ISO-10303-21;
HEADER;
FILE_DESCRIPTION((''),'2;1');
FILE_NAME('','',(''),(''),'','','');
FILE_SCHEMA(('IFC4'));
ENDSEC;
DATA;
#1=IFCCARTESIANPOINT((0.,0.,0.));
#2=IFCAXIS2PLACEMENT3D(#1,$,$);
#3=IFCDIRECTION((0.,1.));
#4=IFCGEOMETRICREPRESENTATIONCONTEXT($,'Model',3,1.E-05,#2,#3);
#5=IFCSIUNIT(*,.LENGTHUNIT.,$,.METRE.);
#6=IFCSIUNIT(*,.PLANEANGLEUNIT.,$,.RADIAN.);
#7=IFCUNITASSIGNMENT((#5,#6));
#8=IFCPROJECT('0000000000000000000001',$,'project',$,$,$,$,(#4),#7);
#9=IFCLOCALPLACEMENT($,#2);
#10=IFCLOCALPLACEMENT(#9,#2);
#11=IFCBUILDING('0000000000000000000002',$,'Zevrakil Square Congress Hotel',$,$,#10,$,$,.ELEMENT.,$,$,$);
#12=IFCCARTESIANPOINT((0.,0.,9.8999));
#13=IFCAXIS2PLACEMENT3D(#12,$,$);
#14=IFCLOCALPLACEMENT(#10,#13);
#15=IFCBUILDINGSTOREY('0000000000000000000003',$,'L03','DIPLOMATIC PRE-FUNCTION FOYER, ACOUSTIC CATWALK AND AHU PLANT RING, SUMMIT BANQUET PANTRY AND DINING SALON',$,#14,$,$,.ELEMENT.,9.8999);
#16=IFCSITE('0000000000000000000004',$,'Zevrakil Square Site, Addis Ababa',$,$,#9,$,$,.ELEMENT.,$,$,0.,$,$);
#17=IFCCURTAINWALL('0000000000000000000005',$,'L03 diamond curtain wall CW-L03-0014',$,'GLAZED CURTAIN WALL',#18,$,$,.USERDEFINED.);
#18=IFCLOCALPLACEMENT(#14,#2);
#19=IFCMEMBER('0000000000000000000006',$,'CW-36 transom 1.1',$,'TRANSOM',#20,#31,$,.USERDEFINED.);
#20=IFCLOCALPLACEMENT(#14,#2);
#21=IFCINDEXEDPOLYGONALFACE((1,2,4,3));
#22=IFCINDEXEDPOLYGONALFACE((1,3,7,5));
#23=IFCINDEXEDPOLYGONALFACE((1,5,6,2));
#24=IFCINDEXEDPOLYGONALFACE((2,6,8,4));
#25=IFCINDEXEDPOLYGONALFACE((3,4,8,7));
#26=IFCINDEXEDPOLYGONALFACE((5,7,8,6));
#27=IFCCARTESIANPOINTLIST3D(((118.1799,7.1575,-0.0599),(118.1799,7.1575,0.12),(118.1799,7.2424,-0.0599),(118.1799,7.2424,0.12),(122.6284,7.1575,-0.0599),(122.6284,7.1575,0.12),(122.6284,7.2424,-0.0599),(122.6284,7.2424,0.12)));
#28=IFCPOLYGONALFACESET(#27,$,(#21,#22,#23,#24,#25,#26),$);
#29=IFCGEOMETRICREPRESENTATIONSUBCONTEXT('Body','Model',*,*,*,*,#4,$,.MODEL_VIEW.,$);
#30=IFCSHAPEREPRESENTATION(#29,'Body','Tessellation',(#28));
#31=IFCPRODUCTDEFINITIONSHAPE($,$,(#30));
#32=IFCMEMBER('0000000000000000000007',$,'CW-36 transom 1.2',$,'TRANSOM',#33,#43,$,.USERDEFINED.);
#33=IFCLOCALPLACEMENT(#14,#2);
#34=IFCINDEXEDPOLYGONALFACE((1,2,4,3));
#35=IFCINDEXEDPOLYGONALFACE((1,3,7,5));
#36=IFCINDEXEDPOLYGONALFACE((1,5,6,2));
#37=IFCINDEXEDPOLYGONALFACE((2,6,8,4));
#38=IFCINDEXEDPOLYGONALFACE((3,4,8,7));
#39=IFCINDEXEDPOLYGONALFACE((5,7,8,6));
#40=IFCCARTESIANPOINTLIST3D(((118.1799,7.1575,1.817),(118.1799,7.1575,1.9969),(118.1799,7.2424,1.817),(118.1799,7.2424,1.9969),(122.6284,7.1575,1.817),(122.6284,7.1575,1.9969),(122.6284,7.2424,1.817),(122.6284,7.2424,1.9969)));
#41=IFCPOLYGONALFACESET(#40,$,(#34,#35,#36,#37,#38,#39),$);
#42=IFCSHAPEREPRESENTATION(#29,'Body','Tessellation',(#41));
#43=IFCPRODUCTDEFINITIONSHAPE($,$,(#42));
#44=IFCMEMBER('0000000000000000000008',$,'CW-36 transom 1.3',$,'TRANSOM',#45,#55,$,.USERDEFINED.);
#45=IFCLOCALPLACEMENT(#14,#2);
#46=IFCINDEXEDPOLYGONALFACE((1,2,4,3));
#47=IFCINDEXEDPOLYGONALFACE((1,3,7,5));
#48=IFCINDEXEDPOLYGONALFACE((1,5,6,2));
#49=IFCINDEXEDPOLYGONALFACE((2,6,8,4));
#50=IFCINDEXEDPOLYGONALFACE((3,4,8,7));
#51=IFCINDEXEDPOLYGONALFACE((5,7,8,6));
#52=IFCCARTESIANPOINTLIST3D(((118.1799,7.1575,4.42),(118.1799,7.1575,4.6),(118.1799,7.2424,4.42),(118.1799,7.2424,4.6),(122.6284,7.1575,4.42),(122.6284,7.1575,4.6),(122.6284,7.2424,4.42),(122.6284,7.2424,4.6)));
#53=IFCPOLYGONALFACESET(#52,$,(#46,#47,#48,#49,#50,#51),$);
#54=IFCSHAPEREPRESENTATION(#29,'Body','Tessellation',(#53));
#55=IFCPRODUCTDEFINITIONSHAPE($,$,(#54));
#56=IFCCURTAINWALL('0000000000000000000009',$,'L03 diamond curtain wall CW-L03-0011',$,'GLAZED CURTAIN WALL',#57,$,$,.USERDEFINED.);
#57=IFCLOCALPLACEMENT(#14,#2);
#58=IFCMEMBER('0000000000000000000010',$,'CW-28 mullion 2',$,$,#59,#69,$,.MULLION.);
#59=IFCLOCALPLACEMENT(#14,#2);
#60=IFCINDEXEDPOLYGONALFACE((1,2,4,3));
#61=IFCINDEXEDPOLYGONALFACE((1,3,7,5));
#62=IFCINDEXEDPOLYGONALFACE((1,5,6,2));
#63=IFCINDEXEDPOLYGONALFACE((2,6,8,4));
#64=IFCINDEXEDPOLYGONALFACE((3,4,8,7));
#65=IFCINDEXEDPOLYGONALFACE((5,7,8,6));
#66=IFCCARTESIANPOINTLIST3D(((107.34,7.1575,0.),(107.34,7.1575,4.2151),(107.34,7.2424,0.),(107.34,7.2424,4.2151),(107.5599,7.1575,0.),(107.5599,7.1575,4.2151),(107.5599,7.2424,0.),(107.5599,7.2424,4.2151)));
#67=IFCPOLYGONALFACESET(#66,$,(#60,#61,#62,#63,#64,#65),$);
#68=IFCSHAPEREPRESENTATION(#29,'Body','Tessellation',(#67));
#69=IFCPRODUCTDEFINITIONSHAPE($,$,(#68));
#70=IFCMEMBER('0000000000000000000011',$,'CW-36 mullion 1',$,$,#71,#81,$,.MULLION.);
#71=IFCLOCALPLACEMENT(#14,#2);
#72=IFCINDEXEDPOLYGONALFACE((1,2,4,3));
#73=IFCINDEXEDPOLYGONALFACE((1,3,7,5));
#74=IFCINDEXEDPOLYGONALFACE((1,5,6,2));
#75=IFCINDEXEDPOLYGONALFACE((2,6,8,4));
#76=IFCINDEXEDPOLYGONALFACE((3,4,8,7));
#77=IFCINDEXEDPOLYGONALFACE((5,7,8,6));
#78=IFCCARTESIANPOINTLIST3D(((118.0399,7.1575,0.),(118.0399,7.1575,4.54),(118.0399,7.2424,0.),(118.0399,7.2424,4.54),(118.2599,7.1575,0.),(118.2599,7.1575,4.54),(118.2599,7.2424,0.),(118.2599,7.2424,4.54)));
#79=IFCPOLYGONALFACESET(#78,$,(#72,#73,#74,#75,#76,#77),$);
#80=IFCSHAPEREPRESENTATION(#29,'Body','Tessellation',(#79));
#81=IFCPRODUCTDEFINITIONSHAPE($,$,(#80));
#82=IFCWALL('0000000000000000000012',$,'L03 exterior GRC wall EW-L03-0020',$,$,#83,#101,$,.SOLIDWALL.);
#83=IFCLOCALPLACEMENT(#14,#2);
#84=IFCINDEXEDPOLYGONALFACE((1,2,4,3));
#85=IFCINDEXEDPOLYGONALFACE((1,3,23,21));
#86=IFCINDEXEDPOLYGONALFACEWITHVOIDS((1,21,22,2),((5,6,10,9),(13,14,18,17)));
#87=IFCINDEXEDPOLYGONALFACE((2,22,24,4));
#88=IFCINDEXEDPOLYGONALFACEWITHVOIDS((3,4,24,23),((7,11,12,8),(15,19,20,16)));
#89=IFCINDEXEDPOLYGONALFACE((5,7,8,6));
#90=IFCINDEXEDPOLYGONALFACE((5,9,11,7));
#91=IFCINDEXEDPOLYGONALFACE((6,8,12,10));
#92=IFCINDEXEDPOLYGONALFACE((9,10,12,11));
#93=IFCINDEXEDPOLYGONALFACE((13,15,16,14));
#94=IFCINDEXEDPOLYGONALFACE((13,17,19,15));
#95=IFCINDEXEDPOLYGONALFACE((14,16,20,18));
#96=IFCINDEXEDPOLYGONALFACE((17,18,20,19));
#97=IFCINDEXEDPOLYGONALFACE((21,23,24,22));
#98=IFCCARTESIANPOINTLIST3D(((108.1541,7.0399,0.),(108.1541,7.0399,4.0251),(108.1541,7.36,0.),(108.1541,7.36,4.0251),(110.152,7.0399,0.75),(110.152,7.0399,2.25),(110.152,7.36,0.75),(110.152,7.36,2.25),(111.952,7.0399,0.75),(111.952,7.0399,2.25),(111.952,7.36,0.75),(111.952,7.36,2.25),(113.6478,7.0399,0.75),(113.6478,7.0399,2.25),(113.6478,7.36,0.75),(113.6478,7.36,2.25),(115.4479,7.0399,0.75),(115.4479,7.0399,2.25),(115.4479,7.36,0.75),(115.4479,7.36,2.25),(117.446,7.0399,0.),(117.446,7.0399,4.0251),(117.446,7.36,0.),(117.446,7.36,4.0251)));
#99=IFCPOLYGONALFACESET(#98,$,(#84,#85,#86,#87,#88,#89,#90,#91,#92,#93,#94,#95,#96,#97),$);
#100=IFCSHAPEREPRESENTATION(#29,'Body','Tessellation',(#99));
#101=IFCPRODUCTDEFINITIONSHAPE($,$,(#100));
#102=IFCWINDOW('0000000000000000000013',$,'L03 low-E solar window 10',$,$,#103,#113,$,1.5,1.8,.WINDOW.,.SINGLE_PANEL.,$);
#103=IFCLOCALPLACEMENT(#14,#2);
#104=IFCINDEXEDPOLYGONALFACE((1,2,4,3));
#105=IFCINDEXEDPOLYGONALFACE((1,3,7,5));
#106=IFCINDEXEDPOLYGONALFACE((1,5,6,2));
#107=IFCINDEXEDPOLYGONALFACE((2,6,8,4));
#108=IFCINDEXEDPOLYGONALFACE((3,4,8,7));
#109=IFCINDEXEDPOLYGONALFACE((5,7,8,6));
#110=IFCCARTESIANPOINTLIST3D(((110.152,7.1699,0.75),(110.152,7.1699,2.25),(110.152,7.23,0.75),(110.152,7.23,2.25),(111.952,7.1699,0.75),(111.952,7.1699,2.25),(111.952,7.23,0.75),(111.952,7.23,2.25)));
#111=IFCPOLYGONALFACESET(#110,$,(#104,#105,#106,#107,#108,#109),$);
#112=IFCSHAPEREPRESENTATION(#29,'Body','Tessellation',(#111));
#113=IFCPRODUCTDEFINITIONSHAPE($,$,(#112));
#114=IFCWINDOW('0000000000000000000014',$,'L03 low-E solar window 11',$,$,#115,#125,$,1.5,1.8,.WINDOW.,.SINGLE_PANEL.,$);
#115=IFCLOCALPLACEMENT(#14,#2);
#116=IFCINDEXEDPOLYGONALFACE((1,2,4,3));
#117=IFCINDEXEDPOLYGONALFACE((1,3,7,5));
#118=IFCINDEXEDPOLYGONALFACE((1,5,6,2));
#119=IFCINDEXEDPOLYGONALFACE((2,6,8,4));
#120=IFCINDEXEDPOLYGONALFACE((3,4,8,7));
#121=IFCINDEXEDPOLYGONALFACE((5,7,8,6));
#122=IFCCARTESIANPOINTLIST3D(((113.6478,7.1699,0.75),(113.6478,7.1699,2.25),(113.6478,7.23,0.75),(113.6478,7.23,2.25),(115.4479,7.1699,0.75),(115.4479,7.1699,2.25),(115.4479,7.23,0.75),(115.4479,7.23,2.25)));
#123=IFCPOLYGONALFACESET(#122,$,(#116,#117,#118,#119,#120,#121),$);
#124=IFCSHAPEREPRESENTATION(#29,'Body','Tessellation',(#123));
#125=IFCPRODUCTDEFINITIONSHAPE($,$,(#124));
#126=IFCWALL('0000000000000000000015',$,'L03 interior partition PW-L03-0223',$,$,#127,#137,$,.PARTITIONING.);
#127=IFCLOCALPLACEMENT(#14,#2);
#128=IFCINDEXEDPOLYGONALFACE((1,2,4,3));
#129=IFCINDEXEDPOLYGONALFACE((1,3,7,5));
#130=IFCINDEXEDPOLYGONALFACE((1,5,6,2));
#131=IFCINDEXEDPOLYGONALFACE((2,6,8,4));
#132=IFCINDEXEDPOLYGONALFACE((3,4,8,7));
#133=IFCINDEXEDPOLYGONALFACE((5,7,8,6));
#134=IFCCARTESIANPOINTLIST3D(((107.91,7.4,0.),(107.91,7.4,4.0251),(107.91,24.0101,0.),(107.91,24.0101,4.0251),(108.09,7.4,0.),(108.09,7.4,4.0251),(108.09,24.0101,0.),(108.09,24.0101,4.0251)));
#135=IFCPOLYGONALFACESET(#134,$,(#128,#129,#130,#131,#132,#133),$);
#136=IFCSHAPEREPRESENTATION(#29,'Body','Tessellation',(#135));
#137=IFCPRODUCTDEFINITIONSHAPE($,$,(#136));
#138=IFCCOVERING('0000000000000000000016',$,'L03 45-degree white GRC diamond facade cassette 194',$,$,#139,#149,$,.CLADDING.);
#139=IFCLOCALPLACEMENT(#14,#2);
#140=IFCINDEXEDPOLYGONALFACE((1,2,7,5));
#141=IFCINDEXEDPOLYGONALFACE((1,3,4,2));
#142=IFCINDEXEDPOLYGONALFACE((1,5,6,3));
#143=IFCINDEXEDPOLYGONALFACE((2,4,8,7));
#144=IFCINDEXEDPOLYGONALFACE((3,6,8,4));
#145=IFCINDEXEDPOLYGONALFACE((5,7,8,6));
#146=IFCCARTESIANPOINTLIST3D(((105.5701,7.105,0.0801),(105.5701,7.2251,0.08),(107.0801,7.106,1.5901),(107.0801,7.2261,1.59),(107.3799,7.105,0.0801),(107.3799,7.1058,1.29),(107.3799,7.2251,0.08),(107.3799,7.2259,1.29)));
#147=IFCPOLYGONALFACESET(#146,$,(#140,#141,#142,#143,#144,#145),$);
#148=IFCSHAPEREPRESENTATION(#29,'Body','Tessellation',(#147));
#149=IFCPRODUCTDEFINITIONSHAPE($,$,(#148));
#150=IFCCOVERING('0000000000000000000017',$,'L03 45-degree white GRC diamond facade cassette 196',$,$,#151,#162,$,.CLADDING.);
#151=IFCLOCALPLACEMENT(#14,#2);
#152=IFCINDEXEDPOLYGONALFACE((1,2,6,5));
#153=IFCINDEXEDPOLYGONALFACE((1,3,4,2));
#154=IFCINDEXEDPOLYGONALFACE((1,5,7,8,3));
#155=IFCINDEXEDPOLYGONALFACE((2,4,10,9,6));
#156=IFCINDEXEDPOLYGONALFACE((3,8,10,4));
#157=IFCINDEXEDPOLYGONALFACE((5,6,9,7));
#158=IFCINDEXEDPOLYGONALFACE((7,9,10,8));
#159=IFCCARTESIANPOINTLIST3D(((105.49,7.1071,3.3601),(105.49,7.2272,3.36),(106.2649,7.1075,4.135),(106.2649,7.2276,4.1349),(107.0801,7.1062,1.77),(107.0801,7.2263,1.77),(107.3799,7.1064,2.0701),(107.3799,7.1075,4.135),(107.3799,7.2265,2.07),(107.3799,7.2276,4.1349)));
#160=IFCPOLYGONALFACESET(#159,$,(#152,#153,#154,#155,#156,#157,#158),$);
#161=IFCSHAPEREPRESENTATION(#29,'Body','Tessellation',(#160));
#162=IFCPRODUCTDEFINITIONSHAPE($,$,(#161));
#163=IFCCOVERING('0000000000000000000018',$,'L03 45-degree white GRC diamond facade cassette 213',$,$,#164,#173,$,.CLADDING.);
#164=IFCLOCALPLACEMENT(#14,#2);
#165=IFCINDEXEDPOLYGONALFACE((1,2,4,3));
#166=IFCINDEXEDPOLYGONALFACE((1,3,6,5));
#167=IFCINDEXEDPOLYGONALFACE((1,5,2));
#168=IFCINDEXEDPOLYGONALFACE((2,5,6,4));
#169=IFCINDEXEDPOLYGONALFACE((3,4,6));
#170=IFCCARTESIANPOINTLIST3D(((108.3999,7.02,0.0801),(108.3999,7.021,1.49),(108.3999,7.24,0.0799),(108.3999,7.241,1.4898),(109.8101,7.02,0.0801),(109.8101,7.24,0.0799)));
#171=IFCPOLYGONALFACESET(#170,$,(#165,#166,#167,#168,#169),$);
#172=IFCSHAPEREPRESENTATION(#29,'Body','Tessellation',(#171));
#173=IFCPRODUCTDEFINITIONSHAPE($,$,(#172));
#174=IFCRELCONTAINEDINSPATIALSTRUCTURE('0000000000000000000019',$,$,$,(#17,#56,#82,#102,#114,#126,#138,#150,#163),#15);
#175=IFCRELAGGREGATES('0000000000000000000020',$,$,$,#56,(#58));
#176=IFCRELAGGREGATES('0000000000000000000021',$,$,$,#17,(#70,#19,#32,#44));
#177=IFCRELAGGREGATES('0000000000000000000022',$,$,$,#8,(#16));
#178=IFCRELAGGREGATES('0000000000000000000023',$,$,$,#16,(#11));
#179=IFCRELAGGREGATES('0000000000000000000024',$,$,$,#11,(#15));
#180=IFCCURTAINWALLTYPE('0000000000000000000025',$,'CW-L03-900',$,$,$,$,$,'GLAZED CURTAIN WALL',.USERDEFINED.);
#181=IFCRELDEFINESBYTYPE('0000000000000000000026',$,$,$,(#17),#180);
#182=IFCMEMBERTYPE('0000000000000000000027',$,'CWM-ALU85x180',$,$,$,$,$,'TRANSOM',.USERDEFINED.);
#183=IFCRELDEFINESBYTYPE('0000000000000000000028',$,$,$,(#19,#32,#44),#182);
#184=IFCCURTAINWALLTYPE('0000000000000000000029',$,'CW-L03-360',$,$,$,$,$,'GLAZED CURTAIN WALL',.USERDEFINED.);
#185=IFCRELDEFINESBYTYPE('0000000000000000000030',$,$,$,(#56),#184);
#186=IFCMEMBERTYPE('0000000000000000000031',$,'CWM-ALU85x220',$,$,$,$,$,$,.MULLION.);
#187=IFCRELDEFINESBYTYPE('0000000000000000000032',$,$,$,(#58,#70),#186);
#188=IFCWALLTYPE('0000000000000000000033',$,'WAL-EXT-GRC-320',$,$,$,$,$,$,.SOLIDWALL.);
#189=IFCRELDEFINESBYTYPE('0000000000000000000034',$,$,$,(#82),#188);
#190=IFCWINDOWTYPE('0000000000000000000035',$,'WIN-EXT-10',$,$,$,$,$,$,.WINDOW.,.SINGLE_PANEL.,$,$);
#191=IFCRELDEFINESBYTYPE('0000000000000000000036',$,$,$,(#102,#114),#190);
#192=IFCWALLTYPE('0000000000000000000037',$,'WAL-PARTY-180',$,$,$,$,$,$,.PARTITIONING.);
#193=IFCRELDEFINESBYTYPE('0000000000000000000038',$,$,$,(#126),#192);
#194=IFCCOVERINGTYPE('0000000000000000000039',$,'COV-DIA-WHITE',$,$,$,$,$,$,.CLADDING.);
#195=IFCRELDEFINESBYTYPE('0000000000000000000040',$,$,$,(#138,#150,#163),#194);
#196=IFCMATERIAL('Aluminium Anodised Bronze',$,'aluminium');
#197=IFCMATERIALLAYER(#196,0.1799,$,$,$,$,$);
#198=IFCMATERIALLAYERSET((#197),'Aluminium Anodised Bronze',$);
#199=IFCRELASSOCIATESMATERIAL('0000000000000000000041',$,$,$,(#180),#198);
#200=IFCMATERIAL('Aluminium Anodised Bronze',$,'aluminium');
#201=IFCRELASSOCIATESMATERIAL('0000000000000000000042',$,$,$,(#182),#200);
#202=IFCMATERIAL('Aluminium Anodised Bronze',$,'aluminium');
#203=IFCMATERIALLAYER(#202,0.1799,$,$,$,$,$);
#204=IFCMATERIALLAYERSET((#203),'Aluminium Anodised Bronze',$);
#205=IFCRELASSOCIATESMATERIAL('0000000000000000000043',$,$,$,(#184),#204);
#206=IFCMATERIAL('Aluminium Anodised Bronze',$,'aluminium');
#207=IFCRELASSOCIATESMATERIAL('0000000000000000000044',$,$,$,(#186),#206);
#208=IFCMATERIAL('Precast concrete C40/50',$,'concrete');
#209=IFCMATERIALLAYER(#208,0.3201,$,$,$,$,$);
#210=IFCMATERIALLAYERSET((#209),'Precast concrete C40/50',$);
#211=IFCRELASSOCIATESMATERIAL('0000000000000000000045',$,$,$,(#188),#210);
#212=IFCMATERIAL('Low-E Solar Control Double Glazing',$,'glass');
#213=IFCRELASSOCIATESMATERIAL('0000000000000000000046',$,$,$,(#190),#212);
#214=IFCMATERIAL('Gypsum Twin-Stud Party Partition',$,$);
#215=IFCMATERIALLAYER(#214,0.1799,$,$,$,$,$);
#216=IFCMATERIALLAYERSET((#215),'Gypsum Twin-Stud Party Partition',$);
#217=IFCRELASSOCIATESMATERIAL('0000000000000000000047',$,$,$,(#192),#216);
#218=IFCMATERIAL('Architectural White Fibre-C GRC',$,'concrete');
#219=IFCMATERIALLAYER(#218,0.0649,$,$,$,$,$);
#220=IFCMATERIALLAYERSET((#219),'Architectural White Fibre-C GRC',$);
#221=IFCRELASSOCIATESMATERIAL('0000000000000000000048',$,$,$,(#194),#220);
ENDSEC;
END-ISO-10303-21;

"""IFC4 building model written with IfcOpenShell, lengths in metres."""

from ifc_helpers import new_model, si_unit, direction, frame, frame_2d, origin, origin_2d, place, context, subcontext, project, spatial, polyline, rectangle, outline, extrude, material, layer, layer_set, material_profile, profile_set, type_object, element, fill, aggregate, save


model = new_model("IFC4")

# Units and contexts
model_context = context("Model", 3, precision=1e-05, world=origin(), true_north=direction((0.0, 1.0)))
body_context = subcontext(model_context, "Body", "Model", "MODEL_VIEW")
ifc_project = project(units=[si_unit("LENGTHUNIT", "METRE"), si_unit("PLANEANGLEUNIT", "RADIAN")], contexts=[model_context])

# Site, building, storey
site_placement = place(None, origin())
site = spatial("IfcSite", under=ifc_project, at=site_placement, Name="Zevrakil Square Site, Addis Ababa", CompositionType="ELEMENT", RefElevation=0.0)
building_placement = place(site_placement, origin())
building = spatial("IfcBuilding", under=site, at=building_placement, Name="Zevrakil Square Congress Hotel", CompositionType="ELEMENT")
storey_placement = place(building_placement, frame((0.0, 0.0, 9.8999)))
storey = spatial("IfcBuildingStorey", under=building, at=storey_placement, Name="L03", Description="DIPLOMATIC PRE-FUNCTION FOYER, ACOUSTIC CATWALK AND AHU PLANT RING, SUMMIT BANQUET PANTRY AND DINING SALON", CompositionType="ELEMENT", Elevation=9.8999)

# Curtain wall, members
ifc_material_1 = material(Name="Aluminium Anodised Bronze", Category="aluminium")
ifc_layer_1 = layer(ifc_material_1, 0.1799)
ifc_layer_set_1 = layer_set([ifc_layer_1], Name="Aluminium Anodised Bronze")
curtain_wall_type_1 = type_object("IfcCurtainWallType", Name="CW-L03-900", ElementType="GLAZED CURTAIN WALL", PredefinedType="USERDEFINED", material=ifc_layer_set_1)
curtain_wall_1_placement = place(storey_placement, origin())
curtain_wall_1 = element("IfcCurtainWall", 1, at=curtain_wall_1_placement, inside=storey, type_object=curtain_wall_type_1, Name="L03 diamond curtain wall CW-L03-0014", ObjectType="GLAZED CURTAIN WALL", PredefinedType="USERDEFINED")
ifc_material_2 = material(Name="Aluminium Anodised Bronze", Category="aluminium")
ifc_material_profile_1 = material_profile(ifc_material_2, rectangle(XDim=0.085, YDim=0.1799, at=origin_2d()), Name="ALU 85x180")
ifc_profile_set_1 = profile_set([ifc_material_profile_1], Name="Aluminium Anodised Bronze")
member_type_1 = type_object("IfcMemberType", Name="CWM-ALU85x180", ElementType="TRANSOM", PredefinedType="USERDEFINED", material=ifc_profile_set_1)
member_1_placement = place(storey_placement, frame((118.1799, 7.2, 0.03), z_axis=(1.0, 0.0, 0.0), x_axis=(0.0, 1.0, 0.0)))
member_1 = element("IfcMember", 2, at=member_1_placement, type_object=member_type_1, Name="CW-36 transom 1.1", ObjectType="TRANSOM", PredefinedType="USERDEFINED", context=body_context, shape_type="SweptSolid", body=[
    extrude(rectangle(XDim=0.085, YDim=0.1799, at=origin_2d()), origin(), (0.0, 0.0, 1.0), 4.4485),
])
member_2_placement = place(storey_placement, frame((118.1799, 7.2, 1.907), z_axis=(1.0, 0.0, 0.0), x_axis=(0.0, 1.0, 0.0)))
member_2 = element("IfcMember", 3, at=member_2_placement, type_object=member_type_1, Name="CW-36 transom 1.2", ObjectType="TRANSOM", PredefinedType="USERDEFINED", context=body_context, shape_type="SweptSolid", body=[
    extrude(rectangle(XDim=0.085, YDim=0.1799, at=origin_2d()), origin(), (0.0, 0.0, 1.0), 4.4485),
])
member_3_placement = place(storey_placement, frame((118.1799, 7.2, 4.51), z_axis=(1.0, 0.0, 0.0), x_axis=(0.0, 1.0, 0.0)))
member_3 = element("IfcMember", 4, at=member_3_placement, type_object=member_type_1, Name="CW-36 transom 1.3", ObjectType="TRANSOM", PredefinedType="USERDEFINED", context=body_context, shape_type="SweptSolid", body=[
    extrude(rectangle(XDim=0.085, YDim=0.1799, at=origin_2d()), origin(), (0.0, 0.0, 1.0), 4.4485),
])

# Curtain wall, member
ifc_material_3 = material(Name="Aluminium Anodised Bronze", Category="aluminium")
ifc_layer_2 = layer(ifc_material_3, 0.1799)
ifc_layer_set_2 = layer_set([ifc_layer_2], Name="Aluminium Anodised Bronze")
curtain_wall_type_2 = type_object("IfcCurtainWallType", Name="CW-L03-360", ElementType="GLAZED CURTAIN WALL", PredefinedType="USERDEFINED", material=ifc_layer_set_2)
curtain_wall_2_placement = place(storey_placement, origin())
curtain_wall_2 = element("IfcCurtainWall", 5, at=curtain_wall_2_placement, inside=storey, type_object=curtain_wall_type_2, Name="L03 diamond curtain wall CW-L03-0011", ObjectType="GLAZED CURTAIN WALL", PredefinedType="USERDEFINED")
ifc_material_4 = material(Name="Aluminium Anodised Bronze", Category="aluminium")
ifc_material_profile_2 = material_profile(ifc_material_4, rectangle(XDim=0.085, YDim=0.22, at=origin_2d()), Name="ALU 85x220")
ifc_profile_set_2 = profile_set([ifc_material_profile_2], Name="Aluminium Anodised Bronze")
member_type_2 = type_object("IfcMemberType", Name="CWM-ALU85x220", PredefinedType="MULLION", material=ifc_profile_set_2)
member_4_placement = place(storey_placement, frame((107.45, 7.2, 0.0), z_axis=(0.0, 0.0, 1.0), x_axis=(0.0, 1.0, 0.0)))
member_4 = element("IfcMember", 6, at=member_4_placement, type_object=member_type_2, Name="CW-28 mullion 2", PredefinedType="MULLION", context=body_context, shape_type="SweptSolid", body=[
    extrude(rectangle(XDim=0.085, YDim=0.22, at=origin_2d()), origin(), (0.0, 0.0, 1.0), 4.2151),
])
aggregate(curtain_wall_2, [member_4])

# Member
member_5_placement = place(storey_placement, frame((118.1499, 7.2, 0.0), z_axis=(0.0, 0.0, 1.0), x_axis=(0.0, 1.0, 0.0)))
member_5 = element("IfcMember", 7, at=member_5_placement, type_object=member_type_2, Name="CW-36 mullion 1", PredefinedType="MULLION", context=body_context, shape_type="SweptSolid", body=[
    extrude(rectangle(XDim=0.085, YDim=0.22, at=origin_2d()), origin(), (0.0, 0.0, 1.0), 4.54),
])
aggregate(curtain_wall_1, [member_5, member_1, member_2, member_3])

# Wall, openings, windows
ifc_material_5 = material(Name="Precast concrete C40/50", Category="concrete")
ifc_layer_3 = layer(ifc_material_5, 0.3201)
ifc_layer_set_3 = layer_set([ifc_layer_3], Name="Precast concrete C40/50")
wall_type_1 = type_object("IfcWallType", Name="WAL-EXT-GRC-320", PredefinedType="SOLIDWALL", material=ifc_layer_set_3)
wall_1_placement = place(storey_placement, frame((108.1541, 7.2, 0.0), z_axis=(0.0, 0.0, 1.0), x_axis=(1.0, 0.0, 0.0)))
wall_1 = element("IfcWall", 8, at=wall_1_placement, inside=storey, type_object=wall_type_1, Name="L03 exterior GRC wall EW-L03-0020", PredefinedType="SOLIDWALL", context=body_context, shape_type="SweptSolid", body=[
    extrude(rectangle(XDim=9.292, YDim=0.3201, at=frame_2d((4.646, 0.0))), origin(), (0.0, 0.0, 1.0), 4.0251),
])
opening_1_placement = place(wall_1_placement, frame((1.998, 0.0, 0.75)))
opening_1 = element("IfcOpeningElement", 9, at=opening_1_placement, cuts=wall_1, PredefinedType="OPENING", context=body_context, shape_type="SweptSolid", body=[
    extrude(rectangle(XDim=1.8, YDim=1.5, at=frame_2d((0.8999, 0.75))), frame((0.0, 0.1699, 0.0), z_axis=(0.0, -1.0, 0.0), x_axis=(1.0, 0.0, 0.0)), (0.0, 0.0, 1.0), 0.3401),
])
opening_2_placement = place(wall_1_placement, frame((5.4939, 0.0, 0.75)))
opening_2 = element("IfcOpeningElement", 10, at=opening_2_placement, cuts=wall_1, PredefinedType="OPENING", context=body_context, shape_type="SweptSolid", body=[
    extrude(rectangle(XDim=1.8, YDim=1.5, at=frame_2d((0.8999, 0.75))), frame((0.0, 0.1699, 0.0), z_axis=(0.0, -1.0, 0.0), x_axis=(1.0, 0.0, 0.0)), (0.0, 0.0, 1.0), 0.3401),
])
ifc_material_6 = material(Name="Low-E Solar Control Double Glazing", Category="glass")
window_type = type_object("IfcWindowType", Name="WIN-EXT-10", PartitioningType="SINGLE_PANEL", PredefinedType="WINDOW", material=ifc_material_6)
window_1_placement = place(opening_1_placement, origin())
window_1 = element("IfcWindow", 11, at=window_1_placement, inside=storey, type_object=window_type, Name="L03 low-E solar window 10", OverallHeight=1.5, OverallWidth=1.8, PartitioningType="SINGLE_PANEL", PredefinedType="WINDOW", context=body_context, shape_type="SweptSolid", body=[
    extrude(rectangle(XDim=1.8, YDim=1.5, at=frame_2d((0.8999, 0.75))), frame((0.0, 0.03, 0.0), z_axis=(0.0, -1.0, 0.0), x_axis=(1.0, 0.0, 0.0)), (0.0, 0.0, 1.0), 0.0601),
])
fill(opening_1, window_1)
window_2_placement = place(opening_2_placement, origin())
window_2 = element("IfcWindow", 12, at=window_2_placement, inside=storey, type_object=window_type, Name="L03 low-E solar window 11", OverallHeight=1.5, OverallWidth=1.8, PartitioningType="SINGLE_PANEL", PredefinedType="WINDOW", context=body_context, shape_type="SweptSolid", body=[
    extrude(rectangle(XDim=1.8, YDim=1.5, at=frame_2d((0.8999, 0.75))), frame((0.0, 0.03, 0.0), z_axis=(0.0, -1.0, 0.0), x_axis=(1.0, 0.0, 0.0)), (0.0, 0.0, 1.0), 0.0601),
])
fill(opening_2, window_2)

# Wall
ifc_material_7 = material(Name="Gypsum Twin-Stud Party Partition")
ifc_layer_4 = layer(ifc_material_7, 0.1799)
ifc_layer_set_4 = layer_set([ifc_layer_4], Name="Gypsum Twin-Stud Party Partition")
wall_type_2 = type_object("IfcWallType", Name="WAL-PARTY-180", PredefinedType="PARTITIONING", material=ifc_layer_set_4)
wall_2_placement = place(storey_placement, frame((108.0, 7.3999, 0.0), z_axis=(0.0, 0.0, 1.0), x_axis=(0.0, 1.0, 0.0)))
element("IfcWall", 13, at=wall_2_placement, inside=storey, type_object=wall_type_2, Name="L03 interior partition PW-L03-0223", PredefinedType="PARTITIONING", context=body_context, shape_type="SweptSolid", body=[
    extrude(rectangle(XDim=16.6101, YDim=0.1799, at=frame_2d((8.3052, 0.0))), origin(), (0.0, 0.0, 1.0), 4.0251),
])

# Coverings
ifc_material_8 = material(Name="Architectural White Fibre-C GRC", Category="concrete")
ifc_layer_5 = layer(ifc_material_8, 0.0649)
ifc_layer_set_5 = layer_set([ifc_layer_5], Name="Architectural White Fibre-C GRC")
covering_type_1 = type_object("IfcCoveringType", Name="COV-DIA-WHITE", PredefinedType="CLADDING", material=ifc_layer_set_5)
covering_1_placement = place(storey_placement, frame((107.0801, 7.106, 1.5901), z_axis=(-0.000024, -1.0, 0.000642), x_axis=(0.706819, -0.000471, -0.707394)))
element("IfcCovering", 14, at=covering_1_placement, inside=storey, type_object=covering_type_1, Name="L03 45-degree white GRC diamond facade cassette 194", PredefinedType="CLADDING", context=body_context, shape_type="SweptSolid", body=[
    extrude(outline(polyline([(0.0, 0.0), (0.4242, 0.0), (1.2801, -0.8552), (0.0009, -2.1355), (0.0, 0.0)])), origin(), (0.0, 0.0, -1.0), 0.1201),
])
covering_2_placement = place(storey_placement, frame((107.0801, 7.1062, 1.77), z_axis=(-0.000028, -1.0, 0.000537), x_axis=(-0.707107, 0.000399, 0.707107)))
element("IfcCovering", 15, at=covering_2_placement, inside=storey, type_object=covering_type_1, Name="L03 45-degree white GRC diamond facade cassette 196", PredefinedType="CLADDING", context=body_context, shape_type="SweptSolid", body=[
    extrude(outline(polyline([(0.0, 0.0), (2.2487, 0.0), (2.2487, -1.0959), (1.4603, -1.8843), (0.0002, -0.4242), (0.0, 0.0)])), origin(), (0.0, 0.0, -1.0), 0.1201),
])
covering_3_placement = place(storey_placement, frame((109.8101, 7.02, 0.0801), z_axis=(0.0, -1.0, 0.000693), x_axis=(-1.0, 0.0, 0.0)))
element("IfcCovering", 16, at=covering_3_placement, inside=storey, type_object=covering_type_1, Name="L03 45-degree white GRC diamond facade cassette 213", PredefinedType="CLADDING", context=body_context, shape_type="SweptSolid", body=[
    extrude(outline(polyline([(0.0, 0.0), (1.4102, 0.0), (1.4102, -1.4099), (0.0, 0.0)])), origin(), (0.0, 0.0, -1.0), 0.22),
])

save(model, "model.ifc")
